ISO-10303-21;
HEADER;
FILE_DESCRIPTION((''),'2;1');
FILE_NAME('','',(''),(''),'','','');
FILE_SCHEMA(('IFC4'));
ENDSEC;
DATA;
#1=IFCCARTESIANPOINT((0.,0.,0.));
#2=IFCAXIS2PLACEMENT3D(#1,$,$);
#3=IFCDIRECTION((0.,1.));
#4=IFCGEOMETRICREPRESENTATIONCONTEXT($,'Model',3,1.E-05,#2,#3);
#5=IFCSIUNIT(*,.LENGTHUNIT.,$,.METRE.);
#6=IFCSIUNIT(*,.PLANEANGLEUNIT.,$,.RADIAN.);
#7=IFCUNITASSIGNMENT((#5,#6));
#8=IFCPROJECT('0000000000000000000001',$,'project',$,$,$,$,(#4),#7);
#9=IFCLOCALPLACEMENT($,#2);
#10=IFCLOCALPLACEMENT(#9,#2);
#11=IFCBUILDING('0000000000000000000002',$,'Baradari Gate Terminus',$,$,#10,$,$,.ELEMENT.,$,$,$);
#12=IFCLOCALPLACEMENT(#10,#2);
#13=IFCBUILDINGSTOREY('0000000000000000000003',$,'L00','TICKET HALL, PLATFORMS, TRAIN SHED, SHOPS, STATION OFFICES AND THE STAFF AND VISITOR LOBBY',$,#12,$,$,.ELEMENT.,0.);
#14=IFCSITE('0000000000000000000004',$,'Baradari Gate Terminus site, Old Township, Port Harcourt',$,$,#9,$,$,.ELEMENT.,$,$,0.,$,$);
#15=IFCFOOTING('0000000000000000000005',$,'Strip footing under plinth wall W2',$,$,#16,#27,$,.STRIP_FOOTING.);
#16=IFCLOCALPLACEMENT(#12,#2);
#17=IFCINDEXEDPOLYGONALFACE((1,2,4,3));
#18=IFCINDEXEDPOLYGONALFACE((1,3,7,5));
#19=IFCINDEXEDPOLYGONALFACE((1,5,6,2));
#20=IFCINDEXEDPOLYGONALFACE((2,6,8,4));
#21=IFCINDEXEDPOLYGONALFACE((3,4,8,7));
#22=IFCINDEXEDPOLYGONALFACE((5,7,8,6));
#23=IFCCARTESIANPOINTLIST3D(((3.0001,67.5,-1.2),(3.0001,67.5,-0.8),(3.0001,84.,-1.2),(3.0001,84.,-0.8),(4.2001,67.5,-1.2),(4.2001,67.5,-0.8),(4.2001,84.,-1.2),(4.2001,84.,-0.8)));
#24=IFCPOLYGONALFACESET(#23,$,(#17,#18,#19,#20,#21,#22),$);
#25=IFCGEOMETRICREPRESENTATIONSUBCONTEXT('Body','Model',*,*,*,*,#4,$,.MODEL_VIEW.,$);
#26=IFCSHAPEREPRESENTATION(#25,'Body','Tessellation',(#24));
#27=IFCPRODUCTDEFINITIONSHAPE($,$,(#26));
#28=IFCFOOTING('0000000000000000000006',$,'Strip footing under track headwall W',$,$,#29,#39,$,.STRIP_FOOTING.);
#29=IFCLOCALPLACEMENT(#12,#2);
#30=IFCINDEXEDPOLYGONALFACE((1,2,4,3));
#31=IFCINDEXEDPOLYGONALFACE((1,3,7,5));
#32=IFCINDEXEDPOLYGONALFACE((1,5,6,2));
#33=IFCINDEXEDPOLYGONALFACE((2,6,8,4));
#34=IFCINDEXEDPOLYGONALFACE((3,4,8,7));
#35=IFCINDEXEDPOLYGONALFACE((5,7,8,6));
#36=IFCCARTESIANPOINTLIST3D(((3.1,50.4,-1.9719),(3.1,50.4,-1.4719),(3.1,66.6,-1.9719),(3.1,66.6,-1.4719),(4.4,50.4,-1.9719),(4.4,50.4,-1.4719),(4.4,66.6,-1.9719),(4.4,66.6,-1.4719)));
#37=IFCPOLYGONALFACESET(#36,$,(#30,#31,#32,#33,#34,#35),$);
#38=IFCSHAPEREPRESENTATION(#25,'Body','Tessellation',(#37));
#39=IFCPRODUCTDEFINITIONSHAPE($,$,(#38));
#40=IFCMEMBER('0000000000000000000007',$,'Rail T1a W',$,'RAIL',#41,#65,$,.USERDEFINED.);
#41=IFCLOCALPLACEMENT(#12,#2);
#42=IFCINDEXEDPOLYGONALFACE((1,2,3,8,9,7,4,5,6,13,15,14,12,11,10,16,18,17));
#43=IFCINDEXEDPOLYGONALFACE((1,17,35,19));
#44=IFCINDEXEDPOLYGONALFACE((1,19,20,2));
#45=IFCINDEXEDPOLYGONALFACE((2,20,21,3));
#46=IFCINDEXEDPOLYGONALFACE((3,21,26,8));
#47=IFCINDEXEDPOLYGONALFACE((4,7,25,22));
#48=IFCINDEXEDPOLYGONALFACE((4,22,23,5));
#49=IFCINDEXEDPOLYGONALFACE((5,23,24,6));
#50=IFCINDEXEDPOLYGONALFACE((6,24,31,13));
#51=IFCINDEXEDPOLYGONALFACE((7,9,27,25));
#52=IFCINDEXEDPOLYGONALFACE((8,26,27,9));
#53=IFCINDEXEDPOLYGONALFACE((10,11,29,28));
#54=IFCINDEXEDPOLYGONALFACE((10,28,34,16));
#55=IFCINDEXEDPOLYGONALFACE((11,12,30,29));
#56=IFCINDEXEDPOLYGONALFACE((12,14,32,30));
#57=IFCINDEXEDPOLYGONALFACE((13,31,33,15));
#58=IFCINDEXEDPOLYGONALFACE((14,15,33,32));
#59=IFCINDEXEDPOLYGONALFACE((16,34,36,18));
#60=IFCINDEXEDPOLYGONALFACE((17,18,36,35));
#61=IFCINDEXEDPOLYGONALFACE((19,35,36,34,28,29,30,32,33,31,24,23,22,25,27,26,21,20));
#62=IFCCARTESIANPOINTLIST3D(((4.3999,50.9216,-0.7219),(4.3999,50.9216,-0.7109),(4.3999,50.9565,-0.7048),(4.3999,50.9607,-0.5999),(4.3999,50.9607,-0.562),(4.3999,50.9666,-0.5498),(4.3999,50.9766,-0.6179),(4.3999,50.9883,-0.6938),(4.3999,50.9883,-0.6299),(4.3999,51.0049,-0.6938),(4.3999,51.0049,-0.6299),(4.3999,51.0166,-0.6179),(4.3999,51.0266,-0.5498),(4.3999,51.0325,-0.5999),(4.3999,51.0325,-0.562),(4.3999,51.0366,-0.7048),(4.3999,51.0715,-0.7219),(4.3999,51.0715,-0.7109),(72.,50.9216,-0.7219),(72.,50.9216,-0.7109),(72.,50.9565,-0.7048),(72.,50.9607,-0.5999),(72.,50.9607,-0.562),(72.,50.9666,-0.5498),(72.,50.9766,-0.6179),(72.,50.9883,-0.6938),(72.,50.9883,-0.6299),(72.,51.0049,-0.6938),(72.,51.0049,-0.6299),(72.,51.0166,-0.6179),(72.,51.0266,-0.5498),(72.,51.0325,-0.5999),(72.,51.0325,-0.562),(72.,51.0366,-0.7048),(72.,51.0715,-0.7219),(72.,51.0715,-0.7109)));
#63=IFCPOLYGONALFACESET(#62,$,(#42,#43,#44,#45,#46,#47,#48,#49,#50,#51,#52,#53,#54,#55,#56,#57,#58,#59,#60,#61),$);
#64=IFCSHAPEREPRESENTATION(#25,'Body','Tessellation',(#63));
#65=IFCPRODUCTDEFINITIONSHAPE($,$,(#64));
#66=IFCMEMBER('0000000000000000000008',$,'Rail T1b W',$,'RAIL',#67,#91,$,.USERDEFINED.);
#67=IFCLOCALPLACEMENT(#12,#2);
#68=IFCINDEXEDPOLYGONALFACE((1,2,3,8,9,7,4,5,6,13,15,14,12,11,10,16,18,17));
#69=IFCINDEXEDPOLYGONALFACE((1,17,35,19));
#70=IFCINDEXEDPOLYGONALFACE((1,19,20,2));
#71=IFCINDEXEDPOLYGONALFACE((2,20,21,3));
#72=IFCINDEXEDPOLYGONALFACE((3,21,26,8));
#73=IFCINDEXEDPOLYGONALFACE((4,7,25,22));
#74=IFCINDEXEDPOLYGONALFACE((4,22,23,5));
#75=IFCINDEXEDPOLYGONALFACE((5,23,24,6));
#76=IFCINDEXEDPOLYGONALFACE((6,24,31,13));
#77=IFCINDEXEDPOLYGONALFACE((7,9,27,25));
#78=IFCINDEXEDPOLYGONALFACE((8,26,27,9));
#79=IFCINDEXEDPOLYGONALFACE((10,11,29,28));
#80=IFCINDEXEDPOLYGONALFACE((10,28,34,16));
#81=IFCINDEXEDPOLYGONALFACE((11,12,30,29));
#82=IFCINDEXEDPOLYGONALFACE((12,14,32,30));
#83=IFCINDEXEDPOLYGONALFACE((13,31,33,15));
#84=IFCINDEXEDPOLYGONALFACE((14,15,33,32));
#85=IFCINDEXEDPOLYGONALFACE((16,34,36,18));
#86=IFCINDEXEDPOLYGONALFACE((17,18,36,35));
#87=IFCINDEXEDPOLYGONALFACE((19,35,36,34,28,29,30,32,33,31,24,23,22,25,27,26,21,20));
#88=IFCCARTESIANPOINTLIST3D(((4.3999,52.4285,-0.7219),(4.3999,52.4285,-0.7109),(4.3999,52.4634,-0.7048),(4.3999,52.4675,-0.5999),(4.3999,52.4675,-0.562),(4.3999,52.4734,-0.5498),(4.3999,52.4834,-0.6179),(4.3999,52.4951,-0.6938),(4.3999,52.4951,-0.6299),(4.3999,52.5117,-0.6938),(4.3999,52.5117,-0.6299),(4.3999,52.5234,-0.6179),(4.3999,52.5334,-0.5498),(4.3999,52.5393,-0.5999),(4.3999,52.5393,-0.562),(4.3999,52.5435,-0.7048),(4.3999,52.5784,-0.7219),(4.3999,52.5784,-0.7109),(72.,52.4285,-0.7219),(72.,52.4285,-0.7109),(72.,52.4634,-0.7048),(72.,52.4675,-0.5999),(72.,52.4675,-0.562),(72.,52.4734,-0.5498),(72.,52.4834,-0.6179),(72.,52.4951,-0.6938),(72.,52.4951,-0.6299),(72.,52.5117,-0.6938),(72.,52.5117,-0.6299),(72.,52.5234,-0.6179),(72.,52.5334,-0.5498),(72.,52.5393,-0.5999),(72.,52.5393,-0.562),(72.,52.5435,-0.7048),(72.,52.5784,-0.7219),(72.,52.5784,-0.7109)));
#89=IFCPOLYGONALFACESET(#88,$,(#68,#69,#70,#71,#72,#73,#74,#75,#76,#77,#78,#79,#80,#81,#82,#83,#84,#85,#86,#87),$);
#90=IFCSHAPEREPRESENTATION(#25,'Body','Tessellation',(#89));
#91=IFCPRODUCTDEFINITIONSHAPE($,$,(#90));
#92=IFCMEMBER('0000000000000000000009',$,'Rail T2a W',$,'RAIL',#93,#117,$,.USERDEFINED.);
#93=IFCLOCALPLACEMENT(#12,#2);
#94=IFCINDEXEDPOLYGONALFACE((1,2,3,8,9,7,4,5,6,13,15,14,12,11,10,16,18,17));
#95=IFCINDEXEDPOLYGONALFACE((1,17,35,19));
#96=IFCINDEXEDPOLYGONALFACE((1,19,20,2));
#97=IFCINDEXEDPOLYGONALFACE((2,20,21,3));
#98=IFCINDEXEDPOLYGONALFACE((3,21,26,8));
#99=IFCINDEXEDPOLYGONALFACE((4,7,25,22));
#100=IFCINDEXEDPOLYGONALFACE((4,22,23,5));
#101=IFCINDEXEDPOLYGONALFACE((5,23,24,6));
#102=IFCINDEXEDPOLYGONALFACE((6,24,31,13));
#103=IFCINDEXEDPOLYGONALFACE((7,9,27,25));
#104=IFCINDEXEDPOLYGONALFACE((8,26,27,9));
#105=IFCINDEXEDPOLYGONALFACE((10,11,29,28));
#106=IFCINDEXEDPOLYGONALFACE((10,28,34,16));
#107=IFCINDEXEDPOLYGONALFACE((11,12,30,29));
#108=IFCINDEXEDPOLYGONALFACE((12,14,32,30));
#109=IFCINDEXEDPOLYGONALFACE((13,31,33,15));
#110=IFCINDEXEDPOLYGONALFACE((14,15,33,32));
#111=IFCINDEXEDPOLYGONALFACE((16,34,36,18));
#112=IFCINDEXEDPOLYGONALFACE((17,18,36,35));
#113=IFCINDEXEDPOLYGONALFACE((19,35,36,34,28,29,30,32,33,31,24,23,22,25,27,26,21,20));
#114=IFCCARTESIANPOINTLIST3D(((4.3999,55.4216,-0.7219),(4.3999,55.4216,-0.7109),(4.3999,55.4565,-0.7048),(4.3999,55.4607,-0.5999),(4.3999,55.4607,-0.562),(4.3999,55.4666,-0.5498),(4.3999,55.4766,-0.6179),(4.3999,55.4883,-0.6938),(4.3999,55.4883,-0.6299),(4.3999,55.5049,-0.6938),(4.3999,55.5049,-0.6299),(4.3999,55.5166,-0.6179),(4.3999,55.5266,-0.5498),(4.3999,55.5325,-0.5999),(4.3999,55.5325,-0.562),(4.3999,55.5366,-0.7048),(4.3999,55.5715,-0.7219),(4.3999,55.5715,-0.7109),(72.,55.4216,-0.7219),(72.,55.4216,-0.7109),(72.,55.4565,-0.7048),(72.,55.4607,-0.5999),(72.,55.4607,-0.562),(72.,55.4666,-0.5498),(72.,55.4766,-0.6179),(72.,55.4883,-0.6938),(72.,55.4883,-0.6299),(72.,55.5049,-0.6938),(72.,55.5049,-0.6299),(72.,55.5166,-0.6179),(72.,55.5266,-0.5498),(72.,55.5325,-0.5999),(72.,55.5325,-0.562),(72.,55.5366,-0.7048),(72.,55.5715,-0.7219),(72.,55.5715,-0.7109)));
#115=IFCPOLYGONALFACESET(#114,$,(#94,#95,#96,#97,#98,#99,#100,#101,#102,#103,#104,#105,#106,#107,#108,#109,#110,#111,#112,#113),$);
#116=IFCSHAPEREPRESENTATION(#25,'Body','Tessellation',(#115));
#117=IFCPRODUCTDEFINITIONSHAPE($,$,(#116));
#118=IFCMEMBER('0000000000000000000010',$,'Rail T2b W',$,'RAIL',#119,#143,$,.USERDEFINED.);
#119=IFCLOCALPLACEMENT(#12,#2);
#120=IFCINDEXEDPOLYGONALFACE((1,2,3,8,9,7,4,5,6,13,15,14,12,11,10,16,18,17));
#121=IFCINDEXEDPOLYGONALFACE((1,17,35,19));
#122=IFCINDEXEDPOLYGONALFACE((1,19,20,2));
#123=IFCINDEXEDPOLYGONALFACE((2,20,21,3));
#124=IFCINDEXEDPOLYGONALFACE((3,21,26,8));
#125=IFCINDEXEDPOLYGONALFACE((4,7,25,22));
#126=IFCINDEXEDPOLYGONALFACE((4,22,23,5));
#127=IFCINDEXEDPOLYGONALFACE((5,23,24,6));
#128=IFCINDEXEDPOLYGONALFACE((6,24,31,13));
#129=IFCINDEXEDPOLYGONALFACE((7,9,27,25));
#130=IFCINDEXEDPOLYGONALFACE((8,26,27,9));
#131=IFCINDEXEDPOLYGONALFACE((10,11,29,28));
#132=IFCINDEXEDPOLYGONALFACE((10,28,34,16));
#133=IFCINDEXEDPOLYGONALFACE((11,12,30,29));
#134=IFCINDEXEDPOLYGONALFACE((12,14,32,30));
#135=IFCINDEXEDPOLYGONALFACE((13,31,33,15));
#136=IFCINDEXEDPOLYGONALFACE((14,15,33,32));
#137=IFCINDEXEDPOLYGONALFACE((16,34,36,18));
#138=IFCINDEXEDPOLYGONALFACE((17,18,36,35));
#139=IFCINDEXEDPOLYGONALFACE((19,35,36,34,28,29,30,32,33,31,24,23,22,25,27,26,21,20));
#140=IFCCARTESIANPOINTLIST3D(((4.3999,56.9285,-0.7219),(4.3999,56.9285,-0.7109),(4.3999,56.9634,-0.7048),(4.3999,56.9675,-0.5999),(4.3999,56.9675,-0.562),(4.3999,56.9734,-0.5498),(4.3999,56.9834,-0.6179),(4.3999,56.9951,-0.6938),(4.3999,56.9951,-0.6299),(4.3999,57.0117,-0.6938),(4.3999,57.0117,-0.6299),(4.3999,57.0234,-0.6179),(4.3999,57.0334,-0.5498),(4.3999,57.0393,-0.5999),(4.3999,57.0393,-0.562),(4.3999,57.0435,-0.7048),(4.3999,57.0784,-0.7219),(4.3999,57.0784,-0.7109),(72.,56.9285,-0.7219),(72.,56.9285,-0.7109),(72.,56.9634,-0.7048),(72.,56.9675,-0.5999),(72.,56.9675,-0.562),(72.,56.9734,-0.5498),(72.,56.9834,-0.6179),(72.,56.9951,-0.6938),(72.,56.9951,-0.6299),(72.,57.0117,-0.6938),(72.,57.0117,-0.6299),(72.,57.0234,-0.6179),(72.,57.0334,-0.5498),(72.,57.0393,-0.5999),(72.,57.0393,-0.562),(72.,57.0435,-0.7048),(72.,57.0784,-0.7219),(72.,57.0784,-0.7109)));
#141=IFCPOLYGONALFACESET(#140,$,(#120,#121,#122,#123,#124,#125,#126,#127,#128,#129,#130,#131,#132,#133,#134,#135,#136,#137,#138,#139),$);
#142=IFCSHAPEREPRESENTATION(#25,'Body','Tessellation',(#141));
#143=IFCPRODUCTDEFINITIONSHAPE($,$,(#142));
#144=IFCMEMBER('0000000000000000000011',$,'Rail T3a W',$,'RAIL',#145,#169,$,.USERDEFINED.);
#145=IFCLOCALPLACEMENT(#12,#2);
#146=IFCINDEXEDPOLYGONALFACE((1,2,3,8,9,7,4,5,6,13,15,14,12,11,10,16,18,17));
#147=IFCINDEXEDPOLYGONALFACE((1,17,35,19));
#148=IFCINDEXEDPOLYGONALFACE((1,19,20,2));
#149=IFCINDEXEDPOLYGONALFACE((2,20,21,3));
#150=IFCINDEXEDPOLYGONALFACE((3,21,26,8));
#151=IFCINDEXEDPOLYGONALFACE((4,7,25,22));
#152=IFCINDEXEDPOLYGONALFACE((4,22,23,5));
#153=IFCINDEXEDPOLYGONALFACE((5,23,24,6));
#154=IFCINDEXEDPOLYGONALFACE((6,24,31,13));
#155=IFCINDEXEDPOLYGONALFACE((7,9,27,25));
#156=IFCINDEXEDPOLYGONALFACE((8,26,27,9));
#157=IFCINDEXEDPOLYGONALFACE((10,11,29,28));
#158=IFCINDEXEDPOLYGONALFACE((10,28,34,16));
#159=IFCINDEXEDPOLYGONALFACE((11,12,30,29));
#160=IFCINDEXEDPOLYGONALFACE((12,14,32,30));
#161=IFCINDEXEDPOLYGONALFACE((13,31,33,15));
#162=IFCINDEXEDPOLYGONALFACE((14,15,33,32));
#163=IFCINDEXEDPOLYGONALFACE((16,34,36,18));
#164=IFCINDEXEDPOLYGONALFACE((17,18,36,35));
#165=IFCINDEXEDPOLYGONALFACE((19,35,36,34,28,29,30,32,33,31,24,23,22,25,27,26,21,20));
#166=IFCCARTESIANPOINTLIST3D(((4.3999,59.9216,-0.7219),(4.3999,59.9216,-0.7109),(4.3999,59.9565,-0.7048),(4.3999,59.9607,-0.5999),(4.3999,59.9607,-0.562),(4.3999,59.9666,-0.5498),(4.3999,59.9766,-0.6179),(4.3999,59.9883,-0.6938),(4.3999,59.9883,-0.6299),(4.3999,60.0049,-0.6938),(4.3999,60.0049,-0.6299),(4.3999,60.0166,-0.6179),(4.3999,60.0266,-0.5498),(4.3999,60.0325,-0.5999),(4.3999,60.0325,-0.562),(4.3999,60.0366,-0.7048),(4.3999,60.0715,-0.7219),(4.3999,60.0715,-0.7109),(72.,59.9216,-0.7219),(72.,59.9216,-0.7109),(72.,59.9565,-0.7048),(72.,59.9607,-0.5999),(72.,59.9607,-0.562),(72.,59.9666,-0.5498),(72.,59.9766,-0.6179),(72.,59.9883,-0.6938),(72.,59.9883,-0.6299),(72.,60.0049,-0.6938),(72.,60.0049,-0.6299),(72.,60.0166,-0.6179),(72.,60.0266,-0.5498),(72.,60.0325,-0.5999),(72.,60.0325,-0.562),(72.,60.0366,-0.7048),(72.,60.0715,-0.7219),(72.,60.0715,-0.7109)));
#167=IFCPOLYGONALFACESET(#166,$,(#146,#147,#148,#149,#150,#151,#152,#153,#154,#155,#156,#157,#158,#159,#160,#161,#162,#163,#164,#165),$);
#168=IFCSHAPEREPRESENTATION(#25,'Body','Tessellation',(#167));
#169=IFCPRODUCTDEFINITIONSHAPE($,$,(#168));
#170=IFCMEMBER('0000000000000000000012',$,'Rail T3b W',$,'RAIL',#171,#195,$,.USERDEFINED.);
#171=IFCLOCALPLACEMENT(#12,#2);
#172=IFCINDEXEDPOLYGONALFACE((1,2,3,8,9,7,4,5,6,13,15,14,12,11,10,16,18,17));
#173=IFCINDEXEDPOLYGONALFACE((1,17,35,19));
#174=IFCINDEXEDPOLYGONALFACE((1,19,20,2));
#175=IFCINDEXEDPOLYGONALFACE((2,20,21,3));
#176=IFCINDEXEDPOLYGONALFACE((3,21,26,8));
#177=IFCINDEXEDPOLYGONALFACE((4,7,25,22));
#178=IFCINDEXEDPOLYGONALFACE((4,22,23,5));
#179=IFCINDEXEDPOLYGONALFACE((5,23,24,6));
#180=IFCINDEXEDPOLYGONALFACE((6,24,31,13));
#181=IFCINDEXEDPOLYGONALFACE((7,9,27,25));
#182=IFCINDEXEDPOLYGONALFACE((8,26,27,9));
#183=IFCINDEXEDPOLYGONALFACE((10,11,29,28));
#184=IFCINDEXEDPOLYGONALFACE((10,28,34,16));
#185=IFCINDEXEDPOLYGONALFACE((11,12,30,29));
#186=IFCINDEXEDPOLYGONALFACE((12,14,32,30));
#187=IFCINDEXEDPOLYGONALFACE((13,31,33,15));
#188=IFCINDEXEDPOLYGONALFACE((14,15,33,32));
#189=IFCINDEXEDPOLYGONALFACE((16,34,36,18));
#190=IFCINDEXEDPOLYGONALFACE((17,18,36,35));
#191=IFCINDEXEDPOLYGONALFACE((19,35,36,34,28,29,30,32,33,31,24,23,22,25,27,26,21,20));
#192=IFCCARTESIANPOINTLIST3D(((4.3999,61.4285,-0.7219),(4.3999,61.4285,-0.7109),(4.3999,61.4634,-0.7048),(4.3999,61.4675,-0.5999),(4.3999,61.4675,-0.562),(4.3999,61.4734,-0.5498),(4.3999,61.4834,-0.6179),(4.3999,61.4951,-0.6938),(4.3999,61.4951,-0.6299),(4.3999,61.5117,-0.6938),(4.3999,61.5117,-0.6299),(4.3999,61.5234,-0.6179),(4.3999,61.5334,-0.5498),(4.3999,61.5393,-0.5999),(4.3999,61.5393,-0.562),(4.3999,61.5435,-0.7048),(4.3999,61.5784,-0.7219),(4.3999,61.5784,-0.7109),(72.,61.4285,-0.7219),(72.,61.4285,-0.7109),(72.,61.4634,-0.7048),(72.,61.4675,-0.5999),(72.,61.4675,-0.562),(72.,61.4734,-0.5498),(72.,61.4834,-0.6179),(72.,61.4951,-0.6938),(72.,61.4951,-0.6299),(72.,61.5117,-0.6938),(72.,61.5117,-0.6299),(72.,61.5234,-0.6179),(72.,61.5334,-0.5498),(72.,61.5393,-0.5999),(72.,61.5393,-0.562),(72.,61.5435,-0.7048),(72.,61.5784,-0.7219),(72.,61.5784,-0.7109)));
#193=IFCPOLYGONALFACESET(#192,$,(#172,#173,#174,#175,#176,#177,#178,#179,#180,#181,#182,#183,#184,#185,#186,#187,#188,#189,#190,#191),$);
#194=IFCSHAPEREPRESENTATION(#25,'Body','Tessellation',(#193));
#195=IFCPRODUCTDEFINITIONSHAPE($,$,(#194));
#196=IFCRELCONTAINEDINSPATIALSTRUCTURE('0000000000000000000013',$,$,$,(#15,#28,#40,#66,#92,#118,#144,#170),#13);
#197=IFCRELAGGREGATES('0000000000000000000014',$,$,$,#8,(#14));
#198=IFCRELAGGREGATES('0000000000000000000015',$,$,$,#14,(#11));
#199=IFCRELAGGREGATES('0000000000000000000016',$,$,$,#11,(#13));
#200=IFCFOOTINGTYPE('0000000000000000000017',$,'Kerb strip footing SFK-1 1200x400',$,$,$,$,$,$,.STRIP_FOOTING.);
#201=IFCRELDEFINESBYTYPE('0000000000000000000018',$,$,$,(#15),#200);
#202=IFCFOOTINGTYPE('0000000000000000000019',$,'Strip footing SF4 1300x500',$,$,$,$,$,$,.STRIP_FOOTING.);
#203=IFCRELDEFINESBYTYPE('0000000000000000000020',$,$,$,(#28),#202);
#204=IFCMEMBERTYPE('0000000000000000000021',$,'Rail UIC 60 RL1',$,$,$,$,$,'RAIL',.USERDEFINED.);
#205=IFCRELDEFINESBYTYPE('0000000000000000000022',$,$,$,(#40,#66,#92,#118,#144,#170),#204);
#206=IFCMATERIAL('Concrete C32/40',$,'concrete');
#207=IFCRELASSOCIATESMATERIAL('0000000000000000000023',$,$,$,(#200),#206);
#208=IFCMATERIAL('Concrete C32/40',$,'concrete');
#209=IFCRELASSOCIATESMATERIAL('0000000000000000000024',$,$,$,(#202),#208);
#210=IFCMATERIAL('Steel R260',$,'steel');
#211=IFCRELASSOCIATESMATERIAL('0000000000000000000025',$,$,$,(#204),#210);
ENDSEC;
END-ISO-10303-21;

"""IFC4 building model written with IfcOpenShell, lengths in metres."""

from ifc_helpers import new_model, si_unit, direction, frame, origin, origin_2d, place, context, subcontext, project, spatial, polyline, rectangle, outline, extrude, material, material_profile, profile_set, type_object, element, save


model = new_model("IFC4")

# Units and contexts
model_context = context("Model", 3, precision=1e-05, world=origin(), true_north=direction((0.0, 1.0)))
body_context = subcontext(model_context, "Body", "Model", "MODEL_VIEW")
ifc_project = project(units=[si_unit("LENGTHUNIT", "METRE"), si_unit("PLANEANGLEUNIT", "RADIAN")], contexts=[model_context])

# Site, building, storey
site_placement = place(None, origin())
site = spatial("IfcSite", under=ifc_project, at=site_placement, Name="Baradari Gate Terminus site, Old Township, Port Harcourt", CompositionType="ELEMENT", RefElevation=0.0)
building_placement = place(site_placement, origin())
building = spatial("IfcBuilding", under=site, at=building_placement, Name="Baradari Gate Terminus", CompositionType="ELEMENT")
storey_placement = place(building_placement, origin())
storey = spatial("IfcBuildingStorey", under=building, at=storey_placement, Name="L00", Description="TICKET HALL, PLATFORMS, TRAIN SHED, SHOPS, STATION OFFICES AND THE STAFF AND VISITOR LOBBY", CompositionType="ELEMENT", Elevation=0.0)

# Footings
ifc_material_1 = material(Name="Concrete C32/40", Category="concrete")
footing_type_1 = type_object("IfcFootingType", Name="Kerb strip footing SFK-1 1200x400", PredefinedType="STRIP_FOOTING", material=ifc_material_1)
footing_1_placement = place(storey_placement, frame((3.6001, 75.75, -1.2), z_axis=(0.0, 0.0, 1.0), x_axis=(1.0, 0.0, 0.0)))
element("IfcFooting", 1, at=footing_1_placement, inside=storey, type_object=footing_type_1, Name="Strip footing under plinth wall W2", PredefinedType="STRIP_FOOTING", context=body_context, shape_type="SweptSolid", body=[
    extrude(rectangle(XDim=1.2, YDim=16.5, at=origin_2d()), origin(), (0.0, 0.0, 1.0), 0.3999),
])
ifc_material_2 = material(Name="Concrete C32/40", Category="concrete")
footing_type_2 = type_object("IfcFootingType", Name="Strip footing SF4 1300x500", PredefinedType="STRIP_FOOTING", material=ifc_material_2)
footing_2_placement = place(storey_placement, frame((3.75, 58.5, -1.9719), z_axis=(0.0, 0.0, 1.0), x_axis=(1.0, 0.0, 0.0)))
element("IfcFooting", 2, at=footing_2_placement, inside=storey, type_object=footing_type_2, Name="Strip footing under track headwall W", PredefinedType="STRIP_FOOTING", context=body_context, shape_type="SweptSolid", body=[
    extrude(rectangle(XDim=1.3, YDim=16.2, at=origin_2d()), origin(), (0.0, 0.0, 1.0), 0.5),
])

# Members
ifc_material_3 = material(Name="Steel R260", Category="steel")
ifc_material_profile = material_profile(ifc_material_3, outline(polyline([(-0.075, 0.0), (0.075, 0.0), (0.075, 0.011), (0.04, 0.0171), (0.0083, 0.0281), (0.0083, 0.092), (0.02, 0.104), (0.0359, 0.1221), (0.0359, 0.1599), (0.03, 0.1721), (-0.03, 0.1721), (-0.0359, 0.1599), (-0.0359, 0.1221), (-0.02, 0.104), (-0.0083, 0.092), (-0.0083, 0.0281), (-0.04, 0.0171), (-0.075, 0.011), (-0.075, 0.0)])), Name="UIC 60 (60E1)")
ifc_profile_set = profile_set([ifc_material_profile], Name="Steel R260")
member_type = type_object("IfcMemberType", Name="Rail UIC 60 RL1", ElementType="RAIL", PredefinedType="USERDEFINED", material=ifc_profile_set)
for number, where, z_axis, x_axis, name in (
    (3, (4.3999, 50.9966, -0.7219), (1.0, 0.0, 0.0), (0.0, 1.0, 0.0), "Rail T1a W"),
    (4, (4.3999, 52.5034, -0.7219), (1.0, 0.0, 0.0), (0.0, 1.0, 0.0), "Rail T1b W"),
    (5, (4.3999, 55.4966, -0.7219), (1.0, 0.0, 0.0), (0.0, 1.0, 0.0), "Rail T2a W"),
    (6, (4.3999, 57.0034, -0.7219), (1.0, 0.0, 0.0), (0.0, 1.0, 0.0), "Rail T2b W"),
    (7, (4.3999, 59.9966, -0.7219), (1.0, 0.0, 0.0), (0.0, 1.0, 0.0), "Rail T3a W"),
    (8, (4.3999, 61.5034, -0.7219), (1.0, 0.0, 0.0), (0.0, 1.0, 0.0), "Rail T3b W"),
):
    element("IfcMember", number, at=place(storey_placement, frame(where, z_axis=z_axis, x_axis=x_axis)), inside=storey, type_object=member_type, Name=name, ObjectType="RAIL", PredefinedType="USERDEFINED", context=body_context, shape_type="SweptSolid", body=[
        extrude(outline(polyline([(-0.075, 0.0), (0.075, 0.0), (0.075, 0.011), (0.04, 0.0171), (0.0083, 0.0281), (0.0083, 0.092), (0.02, 0.104), (0.0359, 0.1221), (0.0359, 0.1599), (0.03, 0.1721), (-0.03, 0.1721), (-0.0359, 0.1599), (-0.0359, 0.1221), (-0.02, 0.104), (-0.0083, 0.092), (-0.0083, 0.0281), (-0.04, 0.0171), (-0.075, 0.011), (-0.075, 0.0)])), origin(), (0.0, 0.0, 1.0), 67.6001),
    ])

save(model, "model.ifc")
